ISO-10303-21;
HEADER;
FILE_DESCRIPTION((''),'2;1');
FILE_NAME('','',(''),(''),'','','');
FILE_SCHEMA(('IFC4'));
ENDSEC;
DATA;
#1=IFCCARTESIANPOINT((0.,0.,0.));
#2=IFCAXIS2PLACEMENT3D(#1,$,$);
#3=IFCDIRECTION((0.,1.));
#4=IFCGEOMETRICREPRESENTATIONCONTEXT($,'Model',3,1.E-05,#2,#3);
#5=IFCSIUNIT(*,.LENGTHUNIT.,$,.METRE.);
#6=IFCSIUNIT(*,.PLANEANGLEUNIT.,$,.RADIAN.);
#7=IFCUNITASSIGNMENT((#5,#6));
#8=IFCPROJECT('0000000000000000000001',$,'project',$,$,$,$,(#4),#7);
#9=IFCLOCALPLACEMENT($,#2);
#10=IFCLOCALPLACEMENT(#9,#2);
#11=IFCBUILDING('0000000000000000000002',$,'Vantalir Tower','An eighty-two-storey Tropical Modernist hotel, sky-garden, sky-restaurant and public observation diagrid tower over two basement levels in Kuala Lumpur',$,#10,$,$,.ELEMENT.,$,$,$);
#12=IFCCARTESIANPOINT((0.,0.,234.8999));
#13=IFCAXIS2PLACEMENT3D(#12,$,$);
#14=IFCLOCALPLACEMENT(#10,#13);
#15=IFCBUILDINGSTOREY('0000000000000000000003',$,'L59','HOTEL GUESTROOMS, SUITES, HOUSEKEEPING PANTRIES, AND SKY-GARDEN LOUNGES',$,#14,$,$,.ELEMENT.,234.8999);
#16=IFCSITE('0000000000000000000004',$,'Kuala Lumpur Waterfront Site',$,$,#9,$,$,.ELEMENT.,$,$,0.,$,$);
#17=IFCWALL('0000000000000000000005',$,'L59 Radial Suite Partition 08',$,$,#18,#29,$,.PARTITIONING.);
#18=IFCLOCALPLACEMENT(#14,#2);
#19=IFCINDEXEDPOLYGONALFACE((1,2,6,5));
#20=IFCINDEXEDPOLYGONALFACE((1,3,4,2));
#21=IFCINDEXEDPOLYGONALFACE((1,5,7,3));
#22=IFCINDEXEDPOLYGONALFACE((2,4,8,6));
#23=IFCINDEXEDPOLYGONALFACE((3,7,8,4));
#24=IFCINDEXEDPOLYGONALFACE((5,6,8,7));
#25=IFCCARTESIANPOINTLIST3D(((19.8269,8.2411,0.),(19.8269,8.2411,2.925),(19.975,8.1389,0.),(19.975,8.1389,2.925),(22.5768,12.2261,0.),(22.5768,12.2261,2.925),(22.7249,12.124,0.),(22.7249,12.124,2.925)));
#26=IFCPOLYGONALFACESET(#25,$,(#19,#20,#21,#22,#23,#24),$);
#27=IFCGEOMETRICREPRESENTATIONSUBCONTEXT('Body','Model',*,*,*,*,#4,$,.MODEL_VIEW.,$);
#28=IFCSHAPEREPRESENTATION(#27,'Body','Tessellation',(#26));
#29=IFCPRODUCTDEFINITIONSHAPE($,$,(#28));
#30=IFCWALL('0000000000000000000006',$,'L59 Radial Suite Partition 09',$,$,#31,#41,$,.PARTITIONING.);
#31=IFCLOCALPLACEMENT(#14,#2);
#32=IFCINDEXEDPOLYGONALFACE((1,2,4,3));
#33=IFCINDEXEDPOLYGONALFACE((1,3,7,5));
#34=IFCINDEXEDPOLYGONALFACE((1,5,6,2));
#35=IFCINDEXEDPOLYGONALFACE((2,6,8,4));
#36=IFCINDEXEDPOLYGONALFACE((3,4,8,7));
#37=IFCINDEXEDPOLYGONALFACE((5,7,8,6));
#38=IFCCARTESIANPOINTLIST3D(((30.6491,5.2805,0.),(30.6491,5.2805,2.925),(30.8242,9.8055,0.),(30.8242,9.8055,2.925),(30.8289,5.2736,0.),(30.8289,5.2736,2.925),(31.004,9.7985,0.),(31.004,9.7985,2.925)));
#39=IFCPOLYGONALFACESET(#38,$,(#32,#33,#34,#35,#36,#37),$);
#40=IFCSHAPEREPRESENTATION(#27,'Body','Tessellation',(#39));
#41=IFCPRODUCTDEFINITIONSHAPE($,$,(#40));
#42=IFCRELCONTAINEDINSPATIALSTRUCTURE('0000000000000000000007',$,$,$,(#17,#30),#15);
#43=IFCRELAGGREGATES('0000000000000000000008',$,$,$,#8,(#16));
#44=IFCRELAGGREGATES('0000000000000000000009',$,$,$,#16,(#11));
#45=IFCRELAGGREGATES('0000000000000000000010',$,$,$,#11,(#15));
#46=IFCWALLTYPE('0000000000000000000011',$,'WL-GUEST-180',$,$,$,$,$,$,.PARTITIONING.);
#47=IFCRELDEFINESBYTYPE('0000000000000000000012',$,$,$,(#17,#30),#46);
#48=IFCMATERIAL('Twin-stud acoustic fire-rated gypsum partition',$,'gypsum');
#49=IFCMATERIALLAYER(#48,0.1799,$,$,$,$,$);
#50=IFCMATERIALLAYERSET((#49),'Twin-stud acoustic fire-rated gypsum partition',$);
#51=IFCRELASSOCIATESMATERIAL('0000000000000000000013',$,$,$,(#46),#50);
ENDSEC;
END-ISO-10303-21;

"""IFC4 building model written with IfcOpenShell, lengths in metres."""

from ifc_helpers import new_model, si_unit, direction, frame, frame_2d, origin, place, context, subcontext, project, spatial, rectangle, extrude, material, layer, layer_set, type_object, element, save


model = new_model("IFC4")

# Units and contexts
model_context = context("Model", 3, precision=1e-05, world=origin(), true_north=direction((0.0, 1.0)))
body_context = subcontext(model_context, "Body", "Model", "MODEL_VIEW")
ifc_project = project(units=[si_unit("LENGTHUNIT", "METRE"), si_unit("PLANEANGLEUNIT", "RADIAN")], contexts=[model_context])

# Site, building, storey
site_placement = place(None, origin())
site = spatial("IfcSite", under=ifc_project, at=site_placement, Name="Kuala Lumpur Waterfront Site", CompositionType="ELEMENT", RefElevation=0.0)
building_placement = place(site_placement, origin())
building = spatial("IfcBuilding", under=site, at=building_placement, Name="Vantalir Tower", Description="An eighty-two-storey Tropical Modernist hotel, sky-garden, sky-restaurant and public observation diagrid tower over two basement levels in Kuala Lumpur", CompositionType="ELEMENT")
storey_placement = place(building_placement, frame((0.0, 0.0, 234.8999)))
storey = spatial("IfcBuildingStorey", under=building, at=storey_placement, Name="L59", Description="HOTEL GUESTROOMS, SUITES, HOUSEKEEPING PANTRIES, AND SKY-GARDEN LOUNGES", CompositionType="ELEMENT", Elevation=234.8999)

# Walls
ifc_material_1 = material(Name="Twin-stud acoustic fire-rated gypsum partition", Category="gypsum")
ifc_layer_1 = layer(ifc_material_1, 0.1799)
ifc_layer_set_1 = layer_set([ifc_layer_1], Name="Twin-stud acoustic fire-rated gypsum partition")
wall_type_1 = type_object("IfcWallType", Name="WL-GUEST-180", PredefinedType="PARTITIONING", material=ifc_layer_set_1)
wall_1_placement = place(storey_placement, frame((22.6509, 12.175, 0.0), z_axis=(0.0, 0.0, 1.0), x_axis=(-0.567964, -0.823053, 0.0)))
element("IfcWall", 1, at=wall_1_placement, inside=storey, type_object=wall_type_1, Name="L59 Radial Suite Partition 08", PredefinedType="PARTITIONING", context=body_context, shape_type="SweptSolid", body=[
    extrude(rectangle(XDim=4.8418, YDim=0.1799, at=frame_2d((2.4209, 0.0))), origin(), (0.0, 0.0, 1.0), 2.925),
])
wall_2_placement = place(storey_placement, frame((30.9141, 9.802, 0.0), z_axis=(0.0, 0.0, 1.0), x_axis=(-0.038657, -0.999253, 0.0)))
element("IfcWall", 2, at=wall_2_placement, inside=storey, type_object=wall_type_1, Name="L59 Radial Suite Partition 09", PredefinedType="PARTITIONING", context=body_context, shape_type="SweptSolid", body=[
    extrude(rectangle(XDim=4.5283, YDim=0.1799, at=frame_2d((2.2642, 0.0))), origin(), (0.0, 0.0, 1.0), 2.925),
])

save(model, "model.ifc")
